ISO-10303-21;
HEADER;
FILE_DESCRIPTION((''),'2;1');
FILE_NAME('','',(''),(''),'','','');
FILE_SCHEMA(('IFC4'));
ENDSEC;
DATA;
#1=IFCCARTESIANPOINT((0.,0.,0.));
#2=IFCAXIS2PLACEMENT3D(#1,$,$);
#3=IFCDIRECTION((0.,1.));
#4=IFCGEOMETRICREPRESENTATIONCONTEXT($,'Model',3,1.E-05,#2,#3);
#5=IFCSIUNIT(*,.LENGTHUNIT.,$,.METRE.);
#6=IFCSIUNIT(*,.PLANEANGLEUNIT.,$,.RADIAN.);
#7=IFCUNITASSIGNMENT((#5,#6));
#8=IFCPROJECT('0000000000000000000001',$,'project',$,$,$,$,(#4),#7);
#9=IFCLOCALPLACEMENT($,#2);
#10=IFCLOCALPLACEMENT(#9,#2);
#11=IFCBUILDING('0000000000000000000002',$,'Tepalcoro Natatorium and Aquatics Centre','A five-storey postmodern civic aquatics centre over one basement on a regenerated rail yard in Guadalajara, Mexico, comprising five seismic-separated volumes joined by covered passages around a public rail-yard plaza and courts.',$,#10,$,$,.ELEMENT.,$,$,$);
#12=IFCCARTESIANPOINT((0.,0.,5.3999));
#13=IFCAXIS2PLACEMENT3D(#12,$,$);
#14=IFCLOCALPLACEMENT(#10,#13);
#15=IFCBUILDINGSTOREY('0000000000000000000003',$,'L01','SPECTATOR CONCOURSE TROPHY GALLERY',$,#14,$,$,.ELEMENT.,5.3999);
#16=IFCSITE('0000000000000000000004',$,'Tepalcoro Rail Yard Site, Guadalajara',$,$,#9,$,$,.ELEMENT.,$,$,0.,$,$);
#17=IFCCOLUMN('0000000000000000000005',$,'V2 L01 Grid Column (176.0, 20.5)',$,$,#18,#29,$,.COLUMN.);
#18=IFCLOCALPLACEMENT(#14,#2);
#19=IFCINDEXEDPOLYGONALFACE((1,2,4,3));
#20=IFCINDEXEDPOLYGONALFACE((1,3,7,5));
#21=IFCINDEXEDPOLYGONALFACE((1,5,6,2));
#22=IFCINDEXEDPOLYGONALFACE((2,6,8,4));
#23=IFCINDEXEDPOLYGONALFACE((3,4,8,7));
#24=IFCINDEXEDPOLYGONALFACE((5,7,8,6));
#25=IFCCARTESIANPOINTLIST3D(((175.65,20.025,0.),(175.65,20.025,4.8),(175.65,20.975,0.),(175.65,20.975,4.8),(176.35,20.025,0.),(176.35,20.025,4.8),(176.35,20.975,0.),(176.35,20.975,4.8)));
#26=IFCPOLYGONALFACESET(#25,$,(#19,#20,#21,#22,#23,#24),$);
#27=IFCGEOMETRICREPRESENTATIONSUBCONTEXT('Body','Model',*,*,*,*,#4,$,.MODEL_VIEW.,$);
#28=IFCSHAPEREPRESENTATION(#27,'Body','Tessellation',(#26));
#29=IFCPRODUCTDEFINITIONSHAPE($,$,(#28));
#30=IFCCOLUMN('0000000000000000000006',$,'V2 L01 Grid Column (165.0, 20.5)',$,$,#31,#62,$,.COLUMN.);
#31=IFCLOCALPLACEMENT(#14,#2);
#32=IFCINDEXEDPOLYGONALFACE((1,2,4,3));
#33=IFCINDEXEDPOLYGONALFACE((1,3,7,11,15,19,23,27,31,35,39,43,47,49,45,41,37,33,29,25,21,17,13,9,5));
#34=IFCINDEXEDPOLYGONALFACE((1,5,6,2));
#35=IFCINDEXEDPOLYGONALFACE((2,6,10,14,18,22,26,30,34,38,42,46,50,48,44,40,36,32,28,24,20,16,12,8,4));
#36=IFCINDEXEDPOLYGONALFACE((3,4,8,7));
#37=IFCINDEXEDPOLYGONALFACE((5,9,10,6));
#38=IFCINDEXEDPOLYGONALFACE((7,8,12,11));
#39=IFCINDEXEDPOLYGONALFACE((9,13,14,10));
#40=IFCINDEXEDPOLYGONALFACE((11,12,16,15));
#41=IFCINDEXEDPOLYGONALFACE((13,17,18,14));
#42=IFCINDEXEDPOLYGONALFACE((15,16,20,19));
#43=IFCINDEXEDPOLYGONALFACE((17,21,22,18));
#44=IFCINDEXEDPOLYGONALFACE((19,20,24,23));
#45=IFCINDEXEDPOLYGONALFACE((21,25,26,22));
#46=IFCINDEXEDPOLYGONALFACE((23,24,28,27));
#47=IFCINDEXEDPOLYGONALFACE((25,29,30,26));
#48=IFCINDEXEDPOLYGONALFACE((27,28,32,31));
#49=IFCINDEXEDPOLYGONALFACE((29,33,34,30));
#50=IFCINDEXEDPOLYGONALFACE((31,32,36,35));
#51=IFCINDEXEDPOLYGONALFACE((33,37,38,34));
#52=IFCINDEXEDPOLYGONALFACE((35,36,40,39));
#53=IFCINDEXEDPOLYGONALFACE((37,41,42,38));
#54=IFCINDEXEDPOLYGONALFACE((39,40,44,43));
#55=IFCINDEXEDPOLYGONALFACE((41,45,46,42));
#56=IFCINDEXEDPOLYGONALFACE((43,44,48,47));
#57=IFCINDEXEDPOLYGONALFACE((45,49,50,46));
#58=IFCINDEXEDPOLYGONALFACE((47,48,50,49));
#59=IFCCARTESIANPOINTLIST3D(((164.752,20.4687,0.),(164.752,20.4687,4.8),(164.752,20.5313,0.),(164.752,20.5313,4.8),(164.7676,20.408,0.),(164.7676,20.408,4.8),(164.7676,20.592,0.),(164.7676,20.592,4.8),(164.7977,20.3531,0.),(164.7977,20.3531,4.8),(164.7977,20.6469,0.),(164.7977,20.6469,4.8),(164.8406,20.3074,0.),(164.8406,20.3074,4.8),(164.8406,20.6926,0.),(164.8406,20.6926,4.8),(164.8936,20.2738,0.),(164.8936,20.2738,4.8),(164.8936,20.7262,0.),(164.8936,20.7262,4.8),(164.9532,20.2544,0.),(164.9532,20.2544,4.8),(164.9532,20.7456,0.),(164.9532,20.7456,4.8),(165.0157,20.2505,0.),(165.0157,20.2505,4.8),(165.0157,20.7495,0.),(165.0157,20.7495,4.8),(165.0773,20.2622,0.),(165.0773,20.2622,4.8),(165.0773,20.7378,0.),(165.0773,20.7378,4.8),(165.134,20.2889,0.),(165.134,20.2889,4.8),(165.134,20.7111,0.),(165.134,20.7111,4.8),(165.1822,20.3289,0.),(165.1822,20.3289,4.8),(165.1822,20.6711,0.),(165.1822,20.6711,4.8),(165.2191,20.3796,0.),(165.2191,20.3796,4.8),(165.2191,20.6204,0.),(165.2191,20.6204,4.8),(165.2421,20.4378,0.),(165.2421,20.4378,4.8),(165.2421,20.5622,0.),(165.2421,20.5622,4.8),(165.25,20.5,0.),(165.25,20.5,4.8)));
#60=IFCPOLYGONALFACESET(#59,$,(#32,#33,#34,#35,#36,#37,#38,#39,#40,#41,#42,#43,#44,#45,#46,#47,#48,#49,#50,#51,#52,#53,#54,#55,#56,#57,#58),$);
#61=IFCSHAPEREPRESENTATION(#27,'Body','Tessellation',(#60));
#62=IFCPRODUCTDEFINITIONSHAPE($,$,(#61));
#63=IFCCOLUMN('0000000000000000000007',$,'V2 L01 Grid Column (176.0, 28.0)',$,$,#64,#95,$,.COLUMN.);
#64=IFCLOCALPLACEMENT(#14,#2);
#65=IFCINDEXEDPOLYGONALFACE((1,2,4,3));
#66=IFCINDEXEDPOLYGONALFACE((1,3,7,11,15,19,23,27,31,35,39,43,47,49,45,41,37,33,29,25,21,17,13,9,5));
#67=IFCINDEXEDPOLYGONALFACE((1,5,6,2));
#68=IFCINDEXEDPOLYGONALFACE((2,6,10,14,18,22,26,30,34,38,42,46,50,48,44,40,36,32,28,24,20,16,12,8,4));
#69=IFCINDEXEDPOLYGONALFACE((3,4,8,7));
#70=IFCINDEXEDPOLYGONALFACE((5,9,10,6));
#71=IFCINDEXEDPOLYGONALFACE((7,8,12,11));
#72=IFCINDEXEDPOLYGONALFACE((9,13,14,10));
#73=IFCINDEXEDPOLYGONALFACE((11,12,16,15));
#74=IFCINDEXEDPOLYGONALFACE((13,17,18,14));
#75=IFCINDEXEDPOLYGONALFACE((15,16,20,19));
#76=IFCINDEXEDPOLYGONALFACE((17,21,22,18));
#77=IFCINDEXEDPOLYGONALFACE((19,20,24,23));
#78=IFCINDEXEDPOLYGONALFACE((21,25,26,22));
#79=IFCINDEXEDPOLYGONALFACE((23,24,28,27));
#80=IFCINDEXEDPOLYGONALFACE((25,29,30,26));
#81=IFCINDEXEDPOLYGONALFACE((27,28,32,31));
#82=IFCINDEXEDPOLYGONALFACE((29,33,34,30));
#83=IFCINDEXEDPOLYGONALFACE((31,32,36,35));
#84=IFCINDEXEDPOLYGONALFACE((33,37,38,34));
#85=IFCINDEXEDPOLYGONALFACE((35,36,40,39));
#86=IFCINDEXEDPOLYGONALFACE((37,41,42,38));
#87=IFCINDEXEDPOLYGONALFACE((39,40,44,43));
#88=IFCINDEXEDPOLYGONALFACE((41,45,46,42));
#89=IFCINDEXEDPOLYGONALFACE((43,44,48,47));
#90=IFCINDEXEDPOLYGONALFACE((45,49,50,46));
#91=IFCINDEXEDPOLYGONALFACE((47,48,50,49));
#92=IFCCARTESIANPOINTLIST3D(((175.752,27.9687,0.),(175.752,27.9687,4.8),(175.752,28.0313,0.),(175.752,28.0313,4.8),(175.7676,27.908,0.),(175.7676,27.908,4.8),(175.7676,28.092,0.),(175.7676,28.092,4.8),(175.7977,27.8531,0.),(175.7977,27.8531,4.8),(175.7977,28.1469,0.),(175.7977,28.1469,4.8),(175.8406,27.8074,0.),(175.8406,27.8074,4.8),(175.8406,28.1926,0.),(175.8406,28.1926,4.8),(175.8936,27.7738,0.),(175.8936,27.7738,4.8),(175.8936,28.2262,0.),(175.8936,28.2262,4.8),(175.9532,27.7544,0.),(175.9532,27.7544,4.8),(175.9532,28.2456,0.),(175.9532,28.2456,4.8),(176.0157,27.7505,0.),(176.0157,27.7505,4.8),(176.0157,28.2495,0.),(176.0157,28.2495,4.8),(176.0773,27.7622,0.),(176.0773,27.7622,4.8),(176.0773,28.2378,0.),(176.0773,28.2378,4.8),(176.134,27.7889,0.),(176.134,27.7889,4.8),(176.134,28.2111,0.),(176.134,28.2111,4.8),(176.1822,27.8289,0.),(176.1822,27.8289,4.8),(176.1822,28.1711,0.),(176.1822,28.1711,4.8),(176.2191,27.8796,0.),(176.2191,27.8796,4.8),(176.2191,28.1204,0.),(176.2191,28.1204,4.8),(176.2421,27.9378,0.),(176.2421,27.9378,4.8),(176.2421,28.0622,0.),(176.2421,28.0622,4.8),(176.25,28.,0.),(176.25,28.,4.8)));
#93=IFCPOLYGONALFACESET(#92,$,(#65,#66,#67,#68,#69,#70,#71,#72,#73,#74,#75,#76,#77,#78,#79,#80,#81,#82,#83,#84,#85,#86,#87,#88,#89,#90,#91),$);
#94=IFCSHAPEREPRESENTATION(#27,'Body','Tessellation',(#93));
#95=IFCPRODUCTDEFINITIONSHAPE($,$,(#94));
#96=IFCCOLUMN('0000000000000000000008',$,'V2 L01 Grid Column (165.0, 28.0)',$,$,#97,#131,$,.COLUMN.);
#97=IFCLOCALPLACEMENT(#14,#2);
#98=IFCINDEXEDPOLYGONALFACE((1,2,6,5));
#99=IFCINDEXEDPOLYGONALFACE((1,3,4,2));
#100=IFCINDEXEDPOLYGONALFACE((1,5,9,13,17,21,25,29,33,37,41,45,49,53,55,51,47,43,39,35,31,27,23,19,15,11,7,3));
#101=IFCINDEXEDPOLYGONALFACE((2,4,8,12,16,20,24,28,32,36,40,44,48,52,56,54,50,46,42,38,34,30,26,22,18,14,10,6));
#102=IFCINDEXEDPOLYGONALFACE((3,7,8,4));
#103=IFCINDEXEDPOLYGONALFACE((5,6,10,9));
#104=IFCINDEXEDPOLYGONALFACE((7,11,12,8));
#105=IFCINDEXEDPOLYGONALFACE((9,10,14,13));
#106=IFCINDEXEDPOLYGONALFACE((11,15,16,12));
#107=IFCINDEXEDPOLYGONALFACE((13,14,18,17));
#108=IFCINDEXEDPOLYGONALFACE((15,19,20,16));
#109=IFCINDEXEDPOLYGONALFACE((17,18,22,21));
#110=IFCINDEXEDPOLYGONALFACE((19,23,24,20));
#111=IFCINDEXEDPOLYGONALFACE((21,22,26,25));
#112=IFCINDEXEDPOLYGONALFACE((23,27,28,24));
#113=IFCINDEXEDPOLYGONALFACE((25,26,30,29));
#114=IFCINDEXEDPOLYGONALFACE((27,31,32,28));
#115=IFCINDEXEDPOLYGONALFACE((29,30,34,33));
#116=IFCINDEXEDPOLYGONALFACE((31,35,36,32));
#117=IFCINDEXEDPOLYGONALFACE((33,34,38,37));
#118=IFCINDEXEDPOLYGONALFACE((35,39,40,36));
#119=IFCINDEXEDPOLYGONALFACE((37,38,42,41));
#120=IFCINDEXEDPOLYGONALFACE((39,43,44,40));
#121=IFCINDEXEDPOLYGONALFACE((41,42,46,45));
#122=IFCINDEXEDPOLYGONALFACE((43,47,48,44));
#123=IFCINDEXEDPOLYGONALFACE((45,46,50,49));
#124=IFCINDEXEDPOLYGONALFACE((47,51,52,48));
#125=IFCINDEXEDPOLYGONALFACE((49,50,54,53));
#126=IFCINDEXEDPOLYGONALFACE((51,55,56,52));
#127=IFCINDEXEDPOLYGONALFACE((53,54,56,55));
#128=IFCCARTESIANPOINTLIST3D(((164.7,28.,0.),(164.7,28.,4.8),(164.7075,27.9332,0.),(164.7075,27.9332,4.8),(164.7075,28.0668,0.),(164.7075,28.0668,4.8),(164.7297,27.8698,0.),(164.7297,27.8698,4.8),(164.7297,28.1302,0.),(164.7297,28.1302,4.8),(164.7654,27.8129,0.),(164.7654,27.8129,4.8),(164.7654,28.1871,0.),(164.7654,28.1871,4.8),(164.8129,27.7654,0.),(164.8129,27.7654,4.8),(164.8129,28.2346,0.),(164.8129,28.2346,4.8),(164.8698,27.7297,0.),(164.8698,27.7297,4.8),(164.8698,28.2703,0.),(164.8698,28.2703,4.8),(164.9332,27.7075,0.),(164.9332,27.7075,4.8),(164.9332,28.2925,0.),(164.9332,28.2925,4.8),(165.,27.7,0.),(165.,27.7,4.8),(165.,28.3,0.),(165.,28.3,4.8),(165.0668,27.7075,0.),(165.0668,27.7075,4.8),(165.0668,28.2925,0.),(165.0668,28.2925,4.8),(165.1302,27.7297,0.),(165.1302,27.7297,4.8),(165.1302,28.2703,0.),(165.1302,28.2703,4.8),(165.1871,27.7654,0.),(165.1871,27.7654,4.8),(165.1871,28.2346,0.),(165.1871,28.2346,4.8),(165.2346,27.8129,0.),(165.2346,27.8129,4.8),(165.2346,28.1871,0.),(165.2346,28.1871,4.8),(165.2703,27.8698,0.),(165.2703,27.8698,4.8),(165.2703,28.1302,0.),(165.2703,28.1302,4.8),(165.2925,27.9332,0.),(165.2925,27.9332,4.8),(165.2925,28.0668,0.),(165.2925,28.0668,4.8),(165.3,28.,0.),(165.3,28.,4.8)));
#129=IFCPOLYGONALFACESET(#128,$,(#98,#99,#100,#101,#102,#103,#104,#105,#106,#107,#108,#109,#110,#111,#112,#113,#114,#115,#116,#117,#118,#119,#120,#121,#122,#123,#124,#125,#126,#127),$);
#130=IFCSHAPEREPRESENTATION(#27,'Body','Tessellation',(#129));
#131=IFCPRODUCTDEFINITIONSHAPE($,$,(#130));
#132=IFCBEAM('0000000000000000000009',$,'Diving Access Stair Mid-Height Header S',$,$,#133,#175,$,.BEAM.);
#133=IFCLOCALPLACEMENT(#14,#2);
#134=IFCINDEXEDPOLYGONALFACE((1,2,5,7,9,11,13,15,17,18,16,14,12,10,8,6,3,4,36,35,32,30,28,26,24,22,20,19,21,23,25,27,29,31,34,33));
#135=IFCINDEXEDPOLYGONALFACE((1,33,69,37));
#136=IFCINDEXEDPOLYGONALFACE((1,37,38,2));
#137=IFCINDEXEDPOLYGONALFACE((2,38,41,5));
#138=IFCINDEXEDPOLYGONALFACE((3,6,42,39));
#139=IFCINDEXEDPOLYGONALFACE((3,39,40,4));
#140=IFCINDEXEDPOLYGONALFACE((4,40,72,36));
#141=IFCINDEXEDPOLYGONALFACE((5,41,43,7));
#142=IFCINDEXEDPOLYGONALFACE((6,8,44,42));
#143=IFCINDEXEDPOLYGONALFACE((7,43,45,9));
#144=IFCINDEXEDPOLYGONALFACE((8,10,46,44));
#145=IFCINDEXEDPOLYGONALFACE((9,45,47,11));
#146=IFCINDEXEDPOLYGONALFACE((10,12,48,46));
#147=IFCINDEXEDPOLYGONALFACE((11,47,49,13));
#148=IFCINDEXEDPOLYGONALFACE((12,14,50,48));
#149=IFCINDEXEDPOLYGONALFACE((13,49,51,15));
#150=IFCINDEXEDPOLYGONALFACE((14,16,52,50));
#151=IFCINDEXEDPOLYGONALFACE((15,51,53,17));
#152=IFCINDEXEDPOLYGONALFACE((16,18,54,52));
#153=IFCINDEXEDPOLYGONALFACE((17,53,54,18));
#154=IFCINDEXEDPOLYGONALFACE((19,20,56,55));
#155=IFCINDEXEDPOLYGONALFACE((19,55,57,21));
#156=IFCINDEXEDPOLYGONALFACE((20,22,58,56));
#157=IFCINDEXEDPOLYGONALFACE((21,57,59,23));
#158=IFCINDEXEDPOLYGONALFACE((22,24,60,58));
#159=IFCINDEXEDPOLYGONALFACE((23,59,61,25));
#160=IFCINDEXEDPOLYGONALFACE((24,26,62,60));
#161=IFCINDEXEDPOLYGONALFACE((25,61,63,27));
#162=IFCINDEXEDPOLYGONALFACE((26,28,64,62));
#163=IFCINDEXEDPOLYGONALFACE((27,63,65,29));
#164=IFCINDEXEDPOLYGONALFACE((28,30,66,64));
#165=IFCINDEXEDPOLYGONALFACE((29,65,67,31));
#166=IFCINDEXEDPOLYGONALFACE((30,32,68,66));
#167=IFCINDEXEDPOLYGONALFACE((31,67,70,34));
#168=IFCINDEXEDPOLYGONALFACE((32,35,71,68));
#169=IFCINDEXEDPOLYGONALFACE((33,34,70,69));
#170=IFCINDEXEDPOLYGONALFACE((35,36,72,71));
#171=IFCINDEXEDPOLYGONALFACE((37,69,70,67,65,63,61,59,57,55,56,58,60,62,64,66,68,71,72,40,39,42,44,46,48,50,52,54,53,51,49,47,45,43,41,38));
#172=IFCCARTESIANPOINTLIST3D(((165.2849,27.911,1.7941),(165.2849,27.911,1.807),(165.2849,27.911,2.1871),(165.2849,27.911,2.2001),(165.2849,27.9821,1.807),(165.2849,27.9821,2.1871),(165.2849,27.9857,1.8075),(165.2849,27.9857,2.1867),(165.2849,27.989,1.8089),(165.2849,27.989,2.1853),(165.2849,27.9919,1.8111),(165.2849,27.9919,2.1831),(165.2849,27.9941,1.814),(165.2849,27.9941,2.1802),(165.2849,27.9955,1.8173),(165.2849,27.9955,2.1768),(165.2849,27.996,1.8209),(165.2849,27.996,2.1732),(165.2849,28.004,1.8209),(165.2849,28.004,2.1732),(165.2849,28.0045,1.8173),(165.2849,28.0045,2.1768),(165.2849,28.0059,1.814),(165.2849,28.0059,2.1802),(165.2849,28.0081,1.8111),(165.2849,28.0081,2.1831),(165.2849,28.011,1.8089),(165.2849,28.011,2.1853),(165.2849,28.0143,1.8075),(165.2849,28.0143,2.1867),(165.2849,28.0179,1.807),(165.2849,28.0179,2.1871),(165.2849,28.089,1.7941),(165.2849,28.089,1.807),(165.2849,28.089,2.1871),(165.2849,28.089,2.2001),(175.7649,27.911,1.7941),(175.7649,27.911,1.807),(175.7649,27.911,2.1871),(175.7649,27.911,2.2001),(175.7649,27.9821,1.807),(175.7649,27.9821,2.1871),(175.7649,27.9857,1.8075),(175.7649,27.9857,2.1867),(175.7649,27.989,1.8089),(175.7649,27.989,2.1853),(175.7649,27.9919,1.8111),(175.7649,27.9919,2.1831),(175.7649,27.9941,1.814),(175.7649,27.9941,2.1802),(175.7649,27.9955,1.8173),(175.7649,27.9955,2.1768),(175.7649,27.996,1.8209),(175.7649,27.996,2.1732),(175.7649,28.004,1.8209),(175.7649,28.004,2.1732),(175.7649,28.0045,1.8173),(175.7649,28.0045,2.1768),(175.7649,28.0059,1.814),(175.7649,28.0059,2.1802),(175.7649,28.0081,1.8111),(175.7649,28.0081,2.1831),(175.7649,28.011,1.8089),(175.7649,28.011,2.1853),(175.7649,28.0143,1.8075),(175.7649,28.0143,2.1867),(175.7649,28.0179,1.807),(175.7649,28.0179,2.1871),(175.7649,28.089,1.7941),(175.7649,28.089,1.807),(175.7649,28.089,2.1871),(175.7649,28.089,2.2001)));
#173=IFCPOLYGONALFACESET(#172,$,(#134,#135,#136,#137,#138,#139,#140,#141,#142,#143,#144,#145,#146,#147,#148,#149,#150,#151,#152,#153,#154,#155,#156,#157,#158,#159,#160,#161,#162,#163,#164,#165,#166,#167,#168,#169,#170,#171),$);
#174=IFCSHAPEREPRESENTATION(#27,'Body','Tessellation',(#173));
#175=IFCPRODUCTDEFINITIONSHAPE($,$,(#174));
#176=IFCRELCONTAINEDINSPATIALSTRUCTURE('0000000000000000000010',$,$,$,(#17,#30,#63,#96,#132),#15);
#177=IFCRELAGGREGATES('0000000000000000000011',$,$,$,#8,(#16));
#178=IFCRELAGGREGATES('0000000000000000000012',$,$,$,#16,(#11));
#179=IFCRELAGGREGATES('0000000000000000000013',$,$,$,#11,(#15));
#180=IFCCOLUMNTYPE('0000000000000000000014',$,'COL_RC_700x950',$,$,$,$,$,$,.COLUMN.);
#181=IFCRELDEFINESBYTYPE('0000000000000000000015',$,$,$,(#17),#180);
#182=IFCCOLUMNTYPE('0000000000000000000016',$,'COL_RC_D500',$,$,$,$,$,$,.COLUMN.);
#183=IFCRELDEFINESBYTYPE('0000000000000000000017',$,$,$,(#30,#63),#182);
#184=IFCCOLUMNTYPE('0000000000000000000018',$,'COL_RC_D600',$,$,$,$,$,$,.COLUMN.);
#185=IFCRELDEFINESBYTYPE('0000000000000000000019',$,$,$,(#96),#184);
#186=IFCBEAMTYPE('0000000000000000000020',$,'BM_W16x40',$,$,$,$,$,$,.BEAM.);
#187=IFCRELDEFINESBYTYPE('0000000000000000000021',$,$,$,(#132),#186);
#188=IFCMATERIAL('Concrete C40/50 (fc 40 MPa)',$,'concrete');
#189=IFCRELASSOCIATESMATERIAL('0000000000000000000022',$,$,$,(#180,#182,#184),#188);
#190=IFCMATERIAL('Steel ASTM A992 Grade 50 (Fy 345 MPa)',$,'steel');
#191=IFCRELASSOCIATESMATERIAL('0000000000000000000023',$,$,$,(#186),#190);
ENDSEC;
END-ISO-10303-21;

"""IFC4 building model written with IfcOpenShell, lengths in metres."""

from ifc_helpers import new_model, si_unit, direction, frame, origin, origin_2d, place, context, subcontext, project, spatial, rectangle, circle, i_section, extrude, material, material_profile, profile_set, type_object, element, save


model = new_model("IFC4")

# Units and contexts
model_context = context("Model", 3, precision=1e-05, world=origin(), true_north=direction((0.0, 1.0)))
body_context = subcontext(model_context, "Body", "Model", "MODEL_VIEW")
ifc_project = project(units=[si_unit("LENGTHUNIT", "METRE"), si_unit("PLANEANGLEUNIT", "RADIAN")], contexts=[model_context])

# Site, building, storey
site_placement = place(None, origin())
site = spatial("IfcSite", under=ifc_project, at=site_placement, Name="Tepalcoro Rail Yard Site, Guadalajara", CompositionType="ELEMENT", RefElevation=0.0)
building_placement = place(site_placement, origin())
building = spatial("IfcBuilding", under=site, at=building_placement, Name="Tepalcoro Natatorium and Aquatics Centre", Description="A five-storey postmodern civic aquatics centre over one basement on a regenerated rail yard in Guadalajara, Mexico, comprising five seismic-separated volumes joined by covered passages around a public rail-yard plaza and courts.", CompositionType="ELEMENT")
storey_placement = place(building_placement, frame((0.0, 0.0, 5.3999)))
storey = spatial("IfcBuildingStorey", under=building, at=storey_placement, Name="L01", Description="SPECTATOR CONCOURSE TROPHY GALLERY", CompositionType="ELEMENT", Elevation=5.3999)

# Columns
ifc_material_1 = material(Name="Concrete C40/50 (fc 40 MPa)", Category="concrete")
ifc_material_profile_1 = material_profile(ifc_material_1, rectangle(XDim=0.7, YDim=0.95, at=origin_2d()), Name="RC700x950")
ifc_profile_set_1 = profile_set([ifc_material_profile_1], Name="Concrete C40/50 (fc 40 MPa)")
column_type_1 = type_object("IfcColumnType", Name="COL_RC_700x950", PredefinedType="COLUMN", material=ifc_profile_set_1)
column_1_placement = place(storey_placement, frame((176.0, 20.5, 0.0), z_axis=(0.0, 0.0, 1.0), x_axis=(1.0, 0.0, 0.0)))
element("IfcColumn", 1, at=column_1_placement, inside=storey, type_object=column_type_1, Name="V2 L01 Grid Column (176.0, 20.5)", PredefinedType="COLUMN", context=body_context, shape_type="SweptSolid", body=[
    extrude(rectangle(XDim=0.7, YDim=0.95, at=origin_2d()), origin(), (0.0, 0.0, 1.0), 4.8),
])
ifc_material_profile_2 = material_profile(ifc_material_1, circle(Radius=0.25, at=origin_2d()), Name="RCD500")
ifc_profile_set_2 = profile_set([ifc_material_profile_2], Name="Concrete C40/50 (fc 40 MPa)")
column_type_2 = type_object("IfcColumnType", Name="COL_RC_D500", PredefinedType="COLUMN", material=ifc_profile_set_2)
for number, where, z_axis, x_axis, name in (
    (2, (165.0, 20.5, 0.0), (0.0, 0.0, 1.0), (1.0, 0.0, 0.0), "V2 L01 Grid Column (165.0, 20.5)"),
    (3, (176.0, 28.0, 0.0), (0.0, 0.0, 1.0), (1.0, 0.0, 0.0), "V2 L01 Grid Column (176.0, 28.0)"),
):
    element("IfcColumn", number, at=place(storey_placement, frame(where, z_axis=z_axis, x_axis=x_axis)), inside=storey, type_object=column_type_2, Name=name, PredefinedType="COLUMN", context=body_context, shape_type="SweptSolid", body=[
        extrude(circle(Radius=0.25, at=origin_2d()), origin(), (0.0, 0.0, 1.0), 4.8),
    ])
ifc_material_profile_3 = material_profile(ifc_material_1, circle(Radius=0.3, at=origin_2d()), Name="RCD600")
ifc_profile_set_3 = profile_set([ifc_material_profile_3], Name="Concrete C40/50 (fc 40 MPa)")
column_type_3 = type_object("IfcColumnType", Name="COL_RC_D600", PredefinedType="COLUMN", material=ifc_profile_set_3)
column_2_placement = place(storey_placement, frame((165.0, 28.0, 0.0), z_axis=(0.0, 0.0, 1.0), x_axis=(1.0, 0.0, 0.0)))
element("IfcColumn", 4, at=column_2_placement, inside=storey, type_object=column_type_3, Name="V2 L01 Grid Column (165.0, 28.0)", PredefinedType="COLUMN", context=body_context, shape_type="SweptSolid", body=[
    extrude(circle(Radius=0.3, at=origin_2d()), origin(), (0.0, 0.0, 1.0), 4.8),
])

# Beam
ifc_material_2 = material(Name="Steel ASTM A992 Grade 50 (Fy 345 MPa)", Category="steel")
ifc_material_profile_4 = material_profile(ifc_material_2, i_section(OverallWidth=0.178, OverallDepth=0.406, WebThickness=0.0081, FlangeThickness=0.0129, FilletRadius=0.0139, at=origin_2d()), Name="W16X40")
ifc_profile_set_4 = profile_set([ifc_material_profile_4], Name="Steel ASTM A992 Grade 50 (Fy 345 MPa)")
beam_type_1 = type_object("IfcBeamType", Name="BM_W16x40", PredefinedType="BEAM", material=ifc_profile_set_4)
beam_1_placement = place(storey_placement, frame((165.2849, 28.0, 1.9971), z_axis=(1.0, 0.0, 0.0), x_axis=(0.0, 1.0, 0.0)))
element("IfcBeam", 5, at=beam_1_placement, inside=storey, type_object=beam_type_1, Name="Diving Access Stair Mid-Height Header S", PredefinedType="BEAM", context=body_context, shape_type="SweptSolid", body=[
    extrude(i_section(OverallWidth=0.178, OverallDepth=0.406, WebThickness=0.0081, FlangeThickness=0.0129, FilletRadius=0.0139, at=origin_2d()), origin(), (0.0, 0.0, 1.0), 10.48),
])

save(model, "model.ifc")
